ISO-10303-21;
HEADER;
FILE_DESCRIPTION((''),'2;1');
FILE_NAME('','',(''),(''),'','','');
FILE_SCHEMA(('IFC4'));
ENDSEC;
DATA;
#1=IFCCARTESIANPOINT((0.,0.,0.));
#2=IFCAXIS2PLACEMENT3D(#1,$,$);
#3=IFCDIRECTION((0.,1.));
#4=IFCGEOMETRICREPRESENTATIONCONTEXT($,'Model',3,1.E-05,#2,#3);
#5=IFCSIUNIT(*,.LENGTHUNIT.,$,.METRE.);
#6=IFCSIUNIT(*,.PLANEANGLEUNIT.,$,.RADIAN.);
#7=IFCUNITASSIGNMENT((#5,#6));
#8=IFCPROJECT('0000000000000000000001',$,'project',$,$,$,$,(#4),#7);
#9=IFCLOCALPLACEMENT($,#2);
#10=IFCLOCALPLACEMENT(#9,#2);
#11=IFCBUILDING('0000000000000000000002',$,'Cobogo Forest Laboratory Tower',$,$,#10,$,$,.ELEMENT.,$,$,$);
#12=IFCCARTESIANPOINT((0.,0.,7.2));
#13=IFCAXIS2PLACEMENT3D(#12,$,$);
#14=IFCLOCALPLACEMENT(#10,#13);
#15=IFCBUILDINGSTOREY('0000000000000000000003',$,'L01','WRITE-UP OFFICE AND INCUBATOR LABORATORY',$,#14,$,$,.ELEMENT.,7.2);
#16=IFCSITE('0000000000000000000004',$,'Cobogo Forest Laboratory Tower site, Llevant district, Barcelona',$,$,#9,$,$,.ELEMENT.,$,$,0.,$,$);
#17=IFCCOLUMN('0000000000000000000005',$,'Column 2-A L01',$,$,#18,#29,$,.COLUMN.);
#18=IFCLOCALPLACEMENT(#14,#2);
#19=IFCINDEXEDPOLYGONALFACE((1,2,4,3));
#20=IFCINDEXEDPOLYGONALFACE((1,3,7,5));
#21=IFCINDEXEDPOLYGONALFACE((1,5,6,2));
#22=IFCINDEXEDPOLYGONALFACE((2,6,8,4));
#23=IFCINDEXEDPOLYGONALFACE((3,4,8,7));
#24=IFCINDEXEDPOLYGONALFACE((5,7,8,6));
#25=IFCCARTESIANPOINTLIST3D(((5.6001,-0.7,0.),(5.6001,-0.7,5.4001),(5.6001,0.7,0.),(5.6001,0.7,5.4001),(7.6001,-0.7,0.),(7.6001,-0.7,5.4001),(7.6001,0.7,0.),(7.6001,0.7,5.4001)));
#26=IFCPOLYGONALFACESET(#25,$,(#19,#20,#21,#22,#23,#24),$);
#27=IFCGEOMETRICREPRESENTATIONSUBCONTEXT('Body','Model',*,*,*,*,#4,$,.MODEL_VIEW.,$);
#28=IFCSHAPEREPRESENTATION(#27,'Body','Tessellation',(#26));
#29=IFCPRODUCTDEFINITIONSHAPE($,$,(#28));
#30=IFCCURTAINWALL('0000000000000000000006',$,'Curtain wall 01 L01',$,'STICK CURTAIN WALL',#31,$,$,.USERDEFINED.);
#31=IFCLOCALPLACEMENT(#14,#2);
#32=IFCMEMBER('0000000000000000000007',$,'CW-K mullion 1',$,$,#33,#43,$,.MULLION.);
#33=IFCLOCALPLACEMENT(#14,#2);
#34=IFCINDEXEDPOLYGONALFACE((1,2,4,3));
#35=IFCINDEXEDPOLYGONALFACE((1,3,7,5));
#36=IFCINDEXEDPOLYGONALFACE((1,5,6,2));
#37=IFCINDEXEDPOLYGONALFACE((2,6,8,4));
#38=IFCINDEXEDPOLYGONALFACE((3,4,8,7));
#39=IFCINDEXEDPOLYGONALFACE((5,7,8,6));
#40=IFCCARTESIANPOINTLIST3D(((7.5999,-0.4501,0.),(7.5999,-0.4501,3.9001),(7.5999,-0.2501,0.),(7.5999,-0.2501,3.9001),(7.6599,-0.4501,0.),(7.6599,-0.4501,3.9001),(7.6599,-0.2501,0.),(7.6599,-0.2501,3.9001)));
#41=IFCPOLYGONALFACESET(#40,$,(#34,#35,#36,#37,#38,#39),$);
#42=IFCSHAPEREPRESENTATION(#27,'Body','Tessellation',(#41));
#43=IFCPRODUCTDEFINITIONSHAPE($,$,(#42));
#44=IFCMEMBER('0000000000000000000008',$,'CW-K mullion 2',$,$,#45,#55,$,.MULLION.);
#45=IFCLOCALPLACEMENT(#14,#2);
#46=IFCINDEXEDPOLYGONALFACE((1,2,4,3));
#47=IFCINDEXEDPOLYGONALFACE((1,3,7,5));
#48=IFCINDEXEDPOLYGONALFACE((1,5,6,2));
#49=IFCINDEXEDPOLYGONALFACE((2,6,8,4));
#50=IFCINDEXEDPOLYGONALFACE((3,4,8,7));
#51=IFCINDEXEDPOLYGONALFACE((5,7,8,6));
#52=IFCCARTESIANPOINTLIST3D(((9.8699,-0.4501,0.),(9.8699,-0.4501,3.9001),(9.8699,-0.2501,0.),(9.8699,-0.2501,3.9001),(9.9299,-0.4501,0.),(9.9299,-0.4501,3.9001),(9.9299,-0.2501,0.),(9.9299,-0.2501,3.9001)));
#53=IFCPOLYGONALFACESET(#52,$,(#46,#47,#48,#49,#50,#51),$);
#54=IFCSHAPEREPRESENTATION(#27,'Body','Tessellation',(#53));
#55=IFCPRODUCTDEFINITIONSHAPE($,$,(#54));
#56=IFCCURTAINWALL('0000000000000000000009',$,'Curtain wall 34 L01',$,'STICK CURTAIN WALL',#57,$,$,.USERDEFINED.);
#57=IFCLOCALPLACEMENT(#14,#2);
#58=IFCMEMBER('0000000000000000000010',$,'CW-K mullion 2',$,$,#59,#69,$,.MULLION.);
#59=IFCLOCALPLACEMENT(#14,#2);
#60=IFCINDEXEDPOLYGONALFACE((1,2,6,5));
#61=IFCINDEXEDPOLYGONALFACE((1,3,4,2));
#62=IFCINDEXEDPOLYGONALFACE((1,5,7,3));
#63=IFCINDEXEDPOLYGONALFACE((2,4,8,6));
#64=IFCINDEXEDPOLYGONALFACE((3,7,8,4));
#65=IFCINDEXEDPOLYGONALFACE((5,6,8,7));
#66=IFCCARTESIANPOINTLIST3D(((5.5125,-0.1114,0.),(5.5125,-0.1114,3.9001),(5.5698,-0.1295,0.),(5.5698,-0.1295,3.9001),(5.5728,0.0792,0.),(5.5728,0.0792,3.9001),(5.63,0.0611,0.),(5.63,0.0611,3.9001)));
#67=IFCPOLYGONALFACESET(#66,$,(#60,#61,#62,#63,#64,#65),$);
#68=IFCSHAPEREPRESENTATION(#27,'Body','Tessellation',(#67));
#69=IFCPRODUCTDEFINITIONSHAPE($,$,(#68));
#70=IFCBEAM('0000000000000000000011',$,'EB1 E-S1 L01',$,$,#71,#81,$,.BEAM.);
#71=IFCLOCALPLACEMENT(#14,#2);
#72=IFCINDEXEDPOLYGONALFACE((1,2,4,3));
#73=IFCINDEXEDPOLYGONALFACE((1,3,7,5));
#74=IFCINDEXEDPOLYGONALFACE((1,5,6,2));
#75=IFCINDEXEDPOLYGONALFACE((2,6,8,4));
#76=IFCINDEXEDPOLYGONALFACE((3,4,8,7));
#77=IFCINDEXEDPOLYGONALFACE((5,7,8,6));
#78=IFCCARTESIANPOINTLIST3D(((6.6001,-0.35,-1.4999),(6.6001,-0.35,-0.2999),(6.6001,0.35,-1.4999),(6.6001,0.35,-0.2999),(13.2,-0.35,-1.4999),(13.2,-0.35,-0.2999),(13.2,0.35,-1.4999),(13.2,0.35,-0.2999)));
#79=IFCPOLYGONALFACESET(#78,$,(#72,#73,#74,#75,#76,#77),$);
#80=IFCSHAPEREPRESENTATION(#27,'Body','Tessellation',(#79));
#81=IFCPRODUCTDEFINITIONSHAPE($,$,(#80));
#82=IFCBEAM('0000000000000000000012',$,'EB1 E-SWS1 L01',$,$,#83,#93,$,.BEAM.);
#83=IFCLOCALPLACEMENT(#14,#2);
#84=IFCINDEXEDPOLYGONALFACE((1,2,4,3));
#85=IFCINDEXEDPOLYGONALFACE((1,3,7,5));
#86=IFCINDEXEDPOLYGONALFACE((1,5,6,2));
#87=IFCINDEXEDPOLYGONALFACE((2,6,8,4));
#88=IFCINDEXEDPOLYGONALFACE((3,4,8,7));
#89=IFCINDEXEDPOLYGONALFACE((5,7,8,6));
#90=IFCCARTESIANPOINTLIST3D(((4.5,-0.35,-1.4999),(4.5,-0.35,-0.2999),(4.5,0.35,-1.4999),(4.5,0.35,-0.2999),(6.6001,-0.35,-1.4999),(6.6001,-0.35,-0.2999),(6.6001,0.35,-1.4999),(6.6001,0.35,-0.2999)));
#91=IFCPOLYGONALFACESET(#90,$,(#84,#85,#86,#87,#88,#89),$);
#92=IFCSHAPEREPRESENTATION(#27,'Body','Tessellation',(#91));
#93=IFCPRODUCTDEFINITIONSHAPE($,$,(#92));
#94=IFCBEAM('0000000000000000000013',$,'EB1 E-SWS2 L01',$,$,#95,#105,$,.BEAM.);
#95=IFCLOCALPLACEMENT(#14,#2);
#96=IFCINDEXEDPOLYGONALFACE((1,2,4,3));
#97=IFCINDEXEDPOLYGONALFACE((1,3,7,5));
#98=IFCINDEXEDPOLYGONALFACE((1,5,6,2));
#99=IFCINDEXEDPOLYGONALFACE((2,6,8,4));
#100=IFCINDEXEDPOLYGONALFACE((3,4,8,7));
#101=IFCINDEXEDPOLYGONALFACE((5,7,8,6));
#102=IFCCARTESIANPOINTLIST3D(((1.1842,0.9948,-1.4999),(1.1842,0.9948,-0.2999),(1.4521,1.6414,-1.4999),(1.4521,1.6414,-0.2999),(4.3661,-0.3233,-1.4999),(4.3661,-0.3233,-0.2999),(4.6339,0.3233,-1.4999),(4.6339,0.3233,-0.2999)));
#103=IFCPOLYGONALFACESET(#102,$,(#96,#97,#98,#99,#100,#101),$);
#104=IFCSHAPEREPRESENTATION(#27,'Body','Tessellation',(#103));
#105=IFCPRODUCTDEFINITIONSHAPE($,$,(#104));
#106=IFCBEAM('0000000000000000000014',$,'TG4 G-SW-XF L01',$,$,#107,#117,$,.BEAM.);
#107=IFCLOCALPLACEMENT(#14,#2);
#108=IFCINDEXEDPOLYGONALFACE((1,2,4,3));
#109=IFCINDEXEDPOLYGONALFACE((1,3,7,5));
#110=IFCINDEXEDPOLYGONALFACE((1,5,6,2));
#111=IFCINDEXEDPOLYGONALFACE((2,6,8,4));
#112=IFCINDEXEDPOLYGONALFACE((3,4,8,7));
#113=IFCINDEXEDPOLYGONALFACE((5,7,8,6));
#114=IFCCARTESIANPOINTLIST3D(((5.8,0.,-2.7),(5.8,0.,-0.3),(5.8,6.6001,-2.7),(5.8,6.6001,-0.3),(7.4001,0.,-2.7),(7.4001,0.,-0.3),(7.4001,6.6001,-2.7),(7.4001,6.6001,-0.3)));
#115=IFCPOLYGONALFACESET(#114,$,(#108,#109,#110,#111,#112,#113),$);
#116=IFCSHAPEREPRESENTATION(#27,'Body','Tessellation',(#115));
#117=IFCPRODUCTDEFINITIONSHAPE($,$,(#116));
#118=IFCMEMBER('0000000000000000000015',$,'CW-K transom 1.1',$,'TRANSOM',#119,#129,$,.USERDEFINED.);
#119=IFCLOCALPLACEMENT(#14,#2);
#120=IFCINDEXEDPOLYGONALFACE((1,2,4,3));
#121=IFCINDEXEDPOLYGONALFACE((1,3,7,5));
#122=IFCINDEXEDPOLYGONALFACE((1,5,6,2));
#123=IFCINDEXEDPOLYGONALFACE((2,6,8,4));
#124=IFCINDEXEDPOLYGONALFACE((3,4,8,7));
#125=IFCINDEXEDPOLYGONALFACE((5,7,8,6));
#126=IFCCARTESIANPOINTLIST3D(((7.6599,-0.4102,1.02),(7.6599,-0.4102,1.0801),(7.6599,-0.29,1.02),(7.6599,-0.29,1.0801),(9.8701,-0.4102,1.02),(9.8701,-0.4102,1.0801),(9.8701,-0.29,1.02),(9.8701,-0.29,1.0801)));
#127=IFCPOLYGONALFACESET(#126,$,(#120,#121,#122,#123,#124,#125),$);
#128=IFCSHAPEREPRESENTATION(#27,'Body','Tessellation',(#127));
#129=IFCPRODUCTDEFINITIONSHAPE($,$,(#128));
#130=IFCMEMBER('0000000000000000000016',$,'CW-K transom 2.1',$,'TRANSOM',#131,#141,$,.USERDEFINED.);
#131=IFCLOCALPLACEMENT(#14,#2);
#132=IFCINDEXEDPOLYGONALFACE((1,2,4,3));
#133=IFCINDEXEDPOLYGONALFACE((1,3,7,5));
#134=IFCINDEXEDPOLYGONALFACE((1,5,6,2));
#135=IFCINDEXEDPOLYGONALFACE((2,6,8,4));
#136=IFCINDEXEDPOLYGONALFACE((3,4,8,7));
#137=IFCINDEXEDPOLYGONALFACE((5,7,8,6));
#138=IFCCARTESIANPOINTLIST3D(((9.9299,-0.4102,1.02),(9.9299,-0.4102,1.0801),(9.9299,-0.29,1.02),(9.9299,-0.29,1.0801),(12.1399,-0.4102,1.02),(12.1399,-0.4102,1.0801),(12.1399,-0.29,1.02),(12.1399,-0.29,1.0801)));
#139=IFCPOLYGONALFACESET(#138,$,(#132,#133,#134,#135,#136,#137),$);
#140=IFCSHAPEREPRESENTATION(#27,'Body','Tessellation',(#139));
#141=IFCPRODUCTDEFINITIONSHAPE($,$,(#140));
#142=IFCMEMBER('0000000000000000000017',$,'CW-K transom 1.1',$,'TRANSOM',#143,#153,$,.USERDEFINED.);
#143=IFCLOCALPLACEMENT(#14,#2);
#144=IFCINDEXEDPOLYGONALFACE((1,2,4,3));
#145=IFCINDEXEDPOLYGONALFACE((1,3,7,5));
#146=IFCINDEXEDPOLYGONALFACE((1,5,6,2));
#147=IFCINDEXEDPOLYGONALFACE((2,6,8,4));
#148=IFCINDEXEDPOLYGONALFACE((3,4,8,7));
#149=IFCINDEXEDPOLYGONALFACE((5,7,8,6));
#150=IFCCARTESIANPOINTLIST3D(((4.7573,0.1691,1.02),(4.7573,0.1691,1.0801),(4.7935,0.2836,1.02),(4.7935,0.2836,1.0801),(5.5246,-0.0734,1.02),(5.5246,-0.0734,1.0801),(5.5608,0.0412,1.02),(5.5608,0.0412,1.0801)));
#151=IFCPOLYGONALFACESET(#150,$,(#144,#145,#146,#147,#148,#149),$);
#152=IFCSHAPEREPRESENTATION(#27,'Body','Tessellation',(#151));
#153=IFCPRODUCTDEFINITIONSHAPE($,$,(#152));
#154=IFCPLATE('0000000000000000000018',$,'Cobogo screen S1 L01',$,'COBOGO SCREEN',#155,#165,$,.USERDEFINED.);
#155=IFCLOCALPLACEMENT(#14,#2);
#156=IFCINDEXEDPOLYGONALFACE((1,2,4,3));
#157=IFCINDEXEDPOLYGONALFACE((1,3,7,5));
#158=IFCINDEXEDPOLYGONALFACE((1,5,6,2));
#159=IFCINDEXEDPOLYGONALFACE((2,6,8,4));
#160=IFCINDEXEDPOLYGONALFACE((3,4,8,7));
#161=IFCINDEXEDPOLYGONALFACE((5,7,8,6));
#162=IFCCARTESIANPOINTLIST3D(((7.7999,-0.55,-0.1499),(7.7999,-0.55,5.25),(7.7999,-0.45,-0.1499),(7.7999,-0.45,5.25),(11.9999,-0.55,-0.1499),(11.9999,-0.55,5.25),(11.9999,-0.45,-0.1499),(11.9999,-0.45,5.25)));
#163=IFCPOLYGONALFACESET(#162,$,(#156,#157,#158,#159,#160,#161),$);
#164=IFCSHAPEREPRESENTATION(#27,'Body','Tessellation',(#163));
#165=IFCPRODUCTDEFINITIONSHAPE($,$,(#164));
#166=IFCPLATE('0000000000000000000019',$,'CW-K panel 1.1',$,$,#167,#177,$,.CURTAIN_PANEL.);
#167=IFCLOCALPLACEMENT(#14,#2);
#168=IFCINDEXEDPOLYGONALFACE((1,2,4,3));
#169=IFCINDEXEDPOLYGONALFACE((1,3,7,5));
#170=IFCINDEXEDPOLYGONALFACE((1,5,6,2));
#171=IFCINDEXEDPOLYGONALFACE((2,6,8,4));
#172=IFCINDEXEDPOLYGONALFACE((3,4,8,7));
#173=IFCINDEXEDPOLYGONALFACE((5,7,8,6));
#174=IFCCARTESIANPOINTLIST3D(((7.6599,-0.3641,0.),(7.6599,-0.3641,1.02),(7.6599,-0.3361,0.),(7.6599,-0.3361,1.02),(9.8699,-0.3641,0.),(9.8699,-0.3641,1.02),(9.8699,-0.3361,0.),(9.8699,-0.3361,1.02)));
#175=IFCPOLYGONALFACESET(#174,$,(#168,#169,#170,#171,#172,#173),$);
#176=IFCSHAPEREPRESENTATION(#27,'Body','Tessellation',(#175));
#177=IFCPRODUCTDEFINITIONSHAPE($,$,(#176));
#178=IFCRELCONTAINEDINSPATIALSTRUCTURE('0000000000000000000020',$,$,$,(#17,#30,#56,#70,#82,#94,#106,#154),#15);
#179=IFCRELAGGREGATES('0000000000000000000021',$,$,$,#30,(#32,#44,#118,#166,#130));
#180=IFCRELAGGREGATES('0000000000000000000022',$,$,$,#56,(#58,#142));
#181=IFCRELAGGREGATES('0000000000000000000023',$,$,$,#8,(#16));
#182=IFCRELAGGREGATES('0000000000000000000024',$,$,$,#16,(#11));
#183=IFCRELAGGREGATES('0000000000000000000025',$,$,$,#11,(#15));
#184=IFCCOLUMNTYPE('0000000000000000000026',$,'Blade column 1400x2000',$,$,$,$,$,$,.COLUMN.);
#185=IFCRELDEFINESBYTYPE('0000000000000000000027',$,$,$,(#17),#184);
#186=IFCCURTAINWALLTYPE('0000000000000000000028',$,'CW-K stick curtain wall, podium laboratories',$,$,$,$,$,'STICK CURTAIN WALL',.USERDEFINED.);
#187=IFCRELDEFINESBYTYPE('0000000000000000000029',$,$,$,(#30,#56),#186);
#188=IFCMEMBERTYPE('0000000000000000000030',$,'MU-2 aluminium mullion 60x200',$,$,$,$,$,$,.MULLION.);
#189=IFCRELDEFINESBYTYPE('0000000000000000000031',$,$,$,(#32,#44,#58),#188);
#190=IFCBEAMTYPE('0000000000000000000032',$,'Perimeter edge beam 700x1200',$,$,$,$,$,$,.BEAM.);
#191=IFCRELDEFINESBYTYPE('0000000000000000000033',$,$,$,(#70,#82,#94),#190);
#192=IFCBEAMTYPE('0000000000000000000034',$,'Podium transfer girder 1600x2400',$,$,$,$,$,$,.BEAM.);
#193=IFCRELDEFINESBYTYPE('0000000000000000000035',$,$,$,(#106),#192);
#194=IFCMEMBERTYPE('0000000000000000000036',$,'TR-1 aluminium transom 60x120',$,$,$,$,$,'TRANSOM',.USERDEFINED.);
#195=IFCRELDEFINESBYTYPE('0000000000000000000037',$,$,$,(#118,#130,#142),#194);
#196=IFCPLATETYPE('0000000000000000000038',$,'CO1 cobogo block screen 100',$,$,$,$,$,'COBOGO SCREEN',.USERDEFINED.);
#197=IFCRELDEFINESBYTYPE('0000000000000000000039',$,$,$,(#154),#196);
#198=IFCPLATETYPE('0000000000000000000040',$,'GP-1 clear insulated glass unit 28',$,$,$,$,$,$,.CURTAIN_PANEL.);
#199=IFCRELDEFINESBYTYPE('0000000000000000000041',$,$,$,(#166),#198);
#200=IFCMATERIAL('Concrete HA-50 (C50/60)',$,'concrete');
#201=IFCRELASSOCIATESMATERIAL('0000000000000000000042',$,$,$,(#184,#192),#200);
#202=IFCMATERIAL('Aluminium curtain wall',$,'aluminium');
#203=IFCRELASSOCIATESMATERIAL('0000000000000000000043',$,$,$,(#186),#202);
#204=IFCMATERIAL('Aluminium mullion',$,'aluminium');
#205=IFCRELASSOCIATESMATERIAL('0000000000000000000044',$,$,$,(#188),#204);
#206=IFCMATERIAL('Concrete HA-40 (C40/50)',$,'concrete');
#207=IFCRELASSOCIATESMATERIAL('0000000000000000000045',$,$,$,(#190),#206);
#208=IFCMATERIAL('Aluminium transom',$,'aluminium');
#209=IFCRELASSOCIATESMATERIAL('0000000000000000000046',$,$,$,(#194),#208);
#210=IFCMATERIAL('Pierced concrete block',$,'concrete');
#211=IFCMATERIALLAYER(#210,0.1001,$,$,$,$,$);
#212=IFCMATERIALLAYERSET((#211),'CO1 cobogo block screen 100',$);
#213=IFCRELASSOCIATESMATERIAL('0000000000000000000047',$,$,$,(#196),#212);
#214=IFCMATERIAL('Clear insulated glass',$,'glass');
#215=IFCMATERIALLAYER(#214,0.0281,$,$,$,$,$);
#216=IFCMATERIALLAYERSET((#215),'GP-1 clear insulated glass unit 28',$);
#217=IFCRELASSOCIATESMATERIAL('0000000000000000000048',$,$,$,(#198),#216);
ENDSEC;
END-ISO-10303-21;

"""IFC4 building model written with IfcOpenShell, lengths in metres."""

from ifc_helpers import new_model, si_unit, direction, frame, origin, origin_2d, place, context, subcontext, project, spatial, rectangle, extrude, material, layer, layer_set, material_profile, profile_set, type_object, element, aggregate, save


model = new_model("IFC4")

# Units and contexts
model_context = context("Model", 3, precision=1e-05, world=origin(), true_north=direction((0.0, 1.0)))
body_context = subcontext(model_context, "Body", "Model", "MODEL_VIEW")
ifc_project = project(units=[si_unit("LENGTHUNIT", "METRE"), si_unit("PLANEANGLEUNIT", "RADIAN")], contexts=[model_context])

# Site, building, storey
site_placement = place(None, origin())
site = spatial("IfcSite", under=ifc_project, at=site_placement, Name="Cobogo Forest Laboratory Tower site, Llevant district, Barcelona", CompositionType="ELEMENT", RefElevation=0.0)
building_placement = place(site_placement, origin())
building = spatial("IfcBuilding", under=site, at=building_placement, Name="Cobogo Forest Laboratory Tower", CompositionType="ELEMENT")
storey_placement = place(building_placement, frame((0.0, 0.0, 7.2)))
storey = spatial("IfcBuildingStorey", under=building, at=storey_placement, Name="L01", Description="WRITE-UP OFFICE AND INCUBATOR LABORATORY", CompositionType="ELEMENT", Elevation=7.2)

# Column
ifc_material_1 = material(Name="Concrete HA-50 (C50/60)", Category="concrete")
ifc_material_profile_1 = material_profile(ifc_material_1, rectangle(XDim=2.0, YDim=1.3999, at=origin_2d()), Name="RC 1400x2000")
ifc_profile_set_1 = profile_set([ifc_material_profile_1], Name="Concrete HA-50 (C50/60)")
column_type = type_object("IfcColumnType", Name="Blade column 1400x2000", PredefinedType="COLUMN", material=ifc_profile_set_1)
column_placement = place(storey_placement, frame((6.6001, 0.0, 0.0), z_axis=(0.0, 0.0, 1.0), x_axis=(1.0, 0.0, 0.0)))
element("IfcColumn", 1, at=column_placement, inside=storey, type_object=column_type, Name="Column 2-A L01", PredefinedType="COLUMN", context=body_context, shape_type="SweptSolid", body=[
    extrude(rectangle(XDim=2.0, YDim=1.3999, at=origin_2d()), origin(), (0.0, 0.0, 1.0), 5.4001),
])

# Curtain wall, members
ifc_material_2 = material(Name="Aluminium curtain wall", Category="aluminium")
curtain_wall_type = type_object("IfcCurtainWallType", Name="CW-K stick curtain wall, podium laboratories", ElementType="STICK CURTAIN WALL", PredefinedType="USERDEFINED", material=ifc_material_2)
curtain_wall_1_placement = place(storey_placement, origin())
curtain_wall_1 = element("IfcCurtainWall", 2, at=curtain_wall_1_placement, inside=storey, type_object=curtain_wall_type, Name="Curtain wall 01 L01", ObjectType="STICK CURTAIN WALL", PredefinedType="USERDEFINED")
ifc_material_3 = material(Name="Aluminium mullion", Category="aluminium")
ifc_material_profile_2 = material_profile(ifc_material_3, rectangle(XDim=0.0601, YDim=0.2, at=origin_2d()), Name="AL 60x200")
ifc_profile_set_2 = profile_set([ifc_material_profile_2], Name="Aluminium mullion")
member_type_1 = type_object("IfcMemberType", Name="MU-2 aluminium mullion 60x200", PredefinedType="MULLION", material=ifc_profile_set_2)
member_1_placement = place(storey_placement, frame((7.6299, -0.3501, 0.0), z_axis=(0.0, 0.0, 1.0), x_axis=(1.0, 0.0, 0.0)))
member_1 = element("IfcMember", 3, at=member_1_placement, type_object=member_type_1, Name="CW-K mullion 1", PredefinedType="MULLION", context=body_context, shape_type="SweptSolid", body=[
    extrude(rectangle(XDim=0.0601, YDim=0.2, at=origin_2d()), origin(), (0.0, 0.0, 1.0), 3.9001),
])
member_2_placement = place(storey_placement, frame((9.8999, -0.3501, 0.0), z_axis=(0.0, 0.0, 1.0), x_axis=(1.0, 0.0, 0.0)))
member_2 = element("IfcMember", 4, at=member_2_placement, type_object=member_type_1, Name="CW-K mullion 2", PredefinedType="MULLION", context=body_context, shape_type="SweptSolid", body=[
    extrude(rectangle(XDim=0.0601, YDim=0.2, at=origin_2d()), origin(), (0.0, 0.0, 1.0), 3.9001),
])

# Curtain wall, member
curtain_wall_2_placement = place(storey_placement, origin())
curtain_wall_2 = element("IfcCurtainWall", 5, at=curtain_wall_2_placement, inside=storey, type_object=curtain_wall_type, Name="Curtain wall 34 L01", ObjectType="STICK CURTAIN WALL", PredefinedType="USERDEFINED")
member_3_placement = place(storey_placement, frame((5.5713, -0.0251, 0.0), z_axis=(0.0, 0.0, 1.0), x_axis=(0.953581, -0.301135, 0.0)))
member_3 = element("IfcMember", 6, at=member_3_placement, type_object=member_type_1, Name="CW-K mullion 2", PredefinedType="MULLION", context=body_context, shape_type="SweptSolid", body=[
    extrude(rectangle(XDim=0.0601, YDim=0.2, at=origin_2d()), origin(), (0.0, 0.0, 1.0), 3.9001),
])

# Beams
ifc_material_4 = material(Name="Concrete HA-40 (C40/50)", Category="concrete")
ifc_material_profile_3 = material_profile(ifc_material_4, rectangle(XDim=0.7, YDim=1.2, at=origin_2d()), Name="RC 700x1200")
ifc_profile_set_3 = profile_set([ifc_material_profile_3], Name="Concrete HA-40 (C40/50)")
beam_type_1 = type_object("IfcBeamType", Name="Perimeter edge beam 700x1200", PredefinedType="BEAM", material=ifc_profile_set_3)
beam_1_placement = place(storey_placement, frame((6.6001, 0.0, -0.8999), z_axis=(1.0, 0.0, 0.0), x_axis=(0.0, 1.0, 0.0)))
element("IfcBeam", 7, at=beam_1_placement, inside=storey, type_object=beam_type_1, Name="EB1 E-S1 L01", PredefinedType="BEAM", context=body_context, shape_type="SweptSolid", body=[
    extrude(rectangle(XDim=0.7, YDim=1.2, at=origin_2d()), origin(), (0.0, 0.0, 1.0), 6.5999),
])
beam_2_placement = place(storey_placement, frame((6.6001, 0.0, -0.8999), z_axis=(-1.0, 0.0, 0.0), x_axis=(0.0, -1.0, 0.0)))
element("IfcBeam", 8, at=beam_2_placement, inside=storey, type_object=beam_type_1, Name="EB1 E-SWS1 L01", PredefinedType="BEAM", context=body_context, shape_type="SweptSolid", body=[
    extrude(rectangle(XDim=0.7, YDim=1.2, at=origin_2d()), origin(), (0.0, 0.0, 1.0), 2.1001),
])
beam_3_placement = place(storey_placement, frame((4.5, 0.0, -0.8999), z_axis=(-0.923866, 0.382717, 0.0), x_axis=(-0.382717, -0.923866, 0.0)))
element("IfcBeam", 9, at=beam_3_placement, inside=storey, type_object=beam_type_1, Name="EB1 E-SWS2 L01", PredefinedType="BEAM", context=body_context, shape_type="SweptSolid", body=[
    extrude(rectangle(XDim=0.7, YDim=1.2, at=origin_2d()), origin(), (0.0, 0.0, 1.0), 3.4441),
])
ifc_material_profile_4 = material_profile(ifc_material_1, rectangle(XDim=1.6001, YDim=2.3999, at=origin_2d()), Name="RC 1600x2400")
ifc_profile_set_4 = profile_set([ifc_material_profile_4], Name="Concrete HA-50 (C50/60)")
beam_type_2 = type_object("IfcBeamType", Name="Podium transfer girder 1600x2400", PredefinedType="BEAM", material=ifc_profile_set_4)
beam_4_placement = place(storey_placement, frame((6.6001, 0.0, -1.5), z_axis=(0.0, 1.0, 0.0), x_axis=(-1.0, 0.0, 0.0)))
element("IfcBeam", 10, at=beam_4_placement, inside=storey, type_object=beam_type_2, Name="TG4 G-SW-XF L01", PredefinedType="BEAM", context=body_context, shape_type="SweptSolid", body=[
    extrude(rectangle(XDim=1.6001, YDim=2.3999, at=origin_2d()), origin(), (0.0, 0.0, 1.0), 6.6001),
])

# Members
ifc_material_5 = material(Name="Aluminium transom", Category="aluminium")
ifc_material_profile_5 = material_profile(ifc_material_5, rectangle(XDim=0.1201, YDim=0.0601, at=origin_2d()), Name="AL 60x120")
ifc_profile_set_5 = profile_set([ifc_material_profile_5], Name="Aluminium transom")
member_type_2 = type_object("IfcMemberType", Name="TR-1 aluminium transom 60x120", ElementType="TRANSOM", PredefinedType="USERDEFINED", material=ifc_profile_set_5)
member_4_placement = place(storey_placement, frame((7.6599, -0.3501, 1.05), z_axis=(1.0, 0.0, 0.0), x_axis=(0.0, 1.0, 0.0)))
member_4 = element("IfcMember", 11, at=member_4_placement, type_object=member_type_2, Name="CW-K transom 1.1", ObjectType="TRANSOM", PredefinedType="USERDEFINED", context=body_context, shape_type="SweptSolid", body=[
    extrude(rectangle(XDim=0.1201, YDim=0.0601, at=origin_2d()), origin(), (0.0, 0.0, 1.0), 2.2102),
])
member_5_placement = place(storey_placement, frame((9.9299, -0.3501, 1.05), z_axis=(1.0, 0.0, 0.0), x_axis=(0.0, 1.0, 0.0)))
member_5 = element("IfcMember", 12, at=member_5_placement, type_object=member_type_2, Name="CW-K transom 2.1", ObjectType="TRANSOM", PredefinedType="USERDEFINED", context=body_context, shape_type="SweptSolid", body=[
    extrude(rectangle(XDim=0.1201, YDim=0.0601, at=origin_2d()), origin(), (0.0, 0.0, 1.0), 2.21),
])
member_6_placement = place(storey_placement, frame((4.7754, 0.2263, 1.05), z_axis=(0.953541, -0.301262, 0.0), x_axis=(0.301262, 0.953541, 0.0)))
member_6 = element("IfcMember", 13, at=member_6_placement, type_object=member_type_2, Name="CW-K transom 1.1", ObjectType="TRANSOM", PredefinedType="USERDEFINED", context=body_context, shape_type="SweptSolid", body=[
    extrude(rectangle(XDim=0.1201, YDim=0.0601, at=origin_2d()), origin(), (0.0, 0.0, 1.0), 0.8047),
])

# Plates
ifc_material_6 = material(Name="Pierced concrete block", Category="concrete")
ifc_layer_1 = layer(ifc_material_6, 0.1001)
ifc_layer_set_1 = layer_set([ifc_layer_1], Name="CO1 cobogo block screen 100")
plate_type_1 = type_object("IfcPlateType", Name="CO1 cobogo block screen 100", ElementType="COBOGO SCREEN", PredefinedType="USERDEFINED", material=ifc_layer_set_1)
plate_1_placement = place(storey_placement, frame((9.8999, -0.5, -0.1499), z_axis=(0.0, 0.0, 1.0), x_axis=(1.0, 0.0, 0.0)))
element("IfcPlate", 14, at=plate_1_placement, inside=storey, type_object=plate_type_1, Name="Cobogo screen S1 L01", ObjectType="COBOGO SCREEN", PredefinedType="USERDEFINED", context=body_context, shape_type="SweptSolid", body=[
    extrude(rectangle(XDim=4.2, YDim=0.1001, at=origin_2d()), origin(), (0.0, 0.0, 1.0), 5.3999),
])
ifc_material_7 = material(Name="Clear insulated glass", Category="glass")
ifc_layer_2 = layer(ifc_material_7, 0.0281)
ifc_layer_set_2 = layer_set([ifc_layer_2], Name="GP-1 clear insulated glass unit 28")
plate_type_2 = type_object("IfcPlateType", Name="GP-1 clear insulated glass unit 28", PredefinedType="CURTAIN_PANEL", material=ifc_layer_set_2)
plate_2_placement = place(storey_placement, frame((8.7649, -0.3501, 0.0), z_axis=(0.0, 0.0, 1.0), x_axis=(1.0, 0.0, 0.0)))
plate_2 = element("IfcPlate", 15, at=plate_2_placement, type_object=plate_type_2, Name="CW-K panel 1.1", PredefinedType="CURTAIN_PANEL", context=body_context, shape_type="SweptSolid", body=[
    extrude(rectangle(XDim=2.21, YDim=0.0281, at=origin_2d()), origin(), (0.0, 0.0, 1.0), 1.02),
])
aggregate(curtain_wall_1, [member_1, member_2, member_4, plate_2, member_5])
aggregate(curtain_wall_2, [member_3, member_6])

save(model, "model.ifc")
